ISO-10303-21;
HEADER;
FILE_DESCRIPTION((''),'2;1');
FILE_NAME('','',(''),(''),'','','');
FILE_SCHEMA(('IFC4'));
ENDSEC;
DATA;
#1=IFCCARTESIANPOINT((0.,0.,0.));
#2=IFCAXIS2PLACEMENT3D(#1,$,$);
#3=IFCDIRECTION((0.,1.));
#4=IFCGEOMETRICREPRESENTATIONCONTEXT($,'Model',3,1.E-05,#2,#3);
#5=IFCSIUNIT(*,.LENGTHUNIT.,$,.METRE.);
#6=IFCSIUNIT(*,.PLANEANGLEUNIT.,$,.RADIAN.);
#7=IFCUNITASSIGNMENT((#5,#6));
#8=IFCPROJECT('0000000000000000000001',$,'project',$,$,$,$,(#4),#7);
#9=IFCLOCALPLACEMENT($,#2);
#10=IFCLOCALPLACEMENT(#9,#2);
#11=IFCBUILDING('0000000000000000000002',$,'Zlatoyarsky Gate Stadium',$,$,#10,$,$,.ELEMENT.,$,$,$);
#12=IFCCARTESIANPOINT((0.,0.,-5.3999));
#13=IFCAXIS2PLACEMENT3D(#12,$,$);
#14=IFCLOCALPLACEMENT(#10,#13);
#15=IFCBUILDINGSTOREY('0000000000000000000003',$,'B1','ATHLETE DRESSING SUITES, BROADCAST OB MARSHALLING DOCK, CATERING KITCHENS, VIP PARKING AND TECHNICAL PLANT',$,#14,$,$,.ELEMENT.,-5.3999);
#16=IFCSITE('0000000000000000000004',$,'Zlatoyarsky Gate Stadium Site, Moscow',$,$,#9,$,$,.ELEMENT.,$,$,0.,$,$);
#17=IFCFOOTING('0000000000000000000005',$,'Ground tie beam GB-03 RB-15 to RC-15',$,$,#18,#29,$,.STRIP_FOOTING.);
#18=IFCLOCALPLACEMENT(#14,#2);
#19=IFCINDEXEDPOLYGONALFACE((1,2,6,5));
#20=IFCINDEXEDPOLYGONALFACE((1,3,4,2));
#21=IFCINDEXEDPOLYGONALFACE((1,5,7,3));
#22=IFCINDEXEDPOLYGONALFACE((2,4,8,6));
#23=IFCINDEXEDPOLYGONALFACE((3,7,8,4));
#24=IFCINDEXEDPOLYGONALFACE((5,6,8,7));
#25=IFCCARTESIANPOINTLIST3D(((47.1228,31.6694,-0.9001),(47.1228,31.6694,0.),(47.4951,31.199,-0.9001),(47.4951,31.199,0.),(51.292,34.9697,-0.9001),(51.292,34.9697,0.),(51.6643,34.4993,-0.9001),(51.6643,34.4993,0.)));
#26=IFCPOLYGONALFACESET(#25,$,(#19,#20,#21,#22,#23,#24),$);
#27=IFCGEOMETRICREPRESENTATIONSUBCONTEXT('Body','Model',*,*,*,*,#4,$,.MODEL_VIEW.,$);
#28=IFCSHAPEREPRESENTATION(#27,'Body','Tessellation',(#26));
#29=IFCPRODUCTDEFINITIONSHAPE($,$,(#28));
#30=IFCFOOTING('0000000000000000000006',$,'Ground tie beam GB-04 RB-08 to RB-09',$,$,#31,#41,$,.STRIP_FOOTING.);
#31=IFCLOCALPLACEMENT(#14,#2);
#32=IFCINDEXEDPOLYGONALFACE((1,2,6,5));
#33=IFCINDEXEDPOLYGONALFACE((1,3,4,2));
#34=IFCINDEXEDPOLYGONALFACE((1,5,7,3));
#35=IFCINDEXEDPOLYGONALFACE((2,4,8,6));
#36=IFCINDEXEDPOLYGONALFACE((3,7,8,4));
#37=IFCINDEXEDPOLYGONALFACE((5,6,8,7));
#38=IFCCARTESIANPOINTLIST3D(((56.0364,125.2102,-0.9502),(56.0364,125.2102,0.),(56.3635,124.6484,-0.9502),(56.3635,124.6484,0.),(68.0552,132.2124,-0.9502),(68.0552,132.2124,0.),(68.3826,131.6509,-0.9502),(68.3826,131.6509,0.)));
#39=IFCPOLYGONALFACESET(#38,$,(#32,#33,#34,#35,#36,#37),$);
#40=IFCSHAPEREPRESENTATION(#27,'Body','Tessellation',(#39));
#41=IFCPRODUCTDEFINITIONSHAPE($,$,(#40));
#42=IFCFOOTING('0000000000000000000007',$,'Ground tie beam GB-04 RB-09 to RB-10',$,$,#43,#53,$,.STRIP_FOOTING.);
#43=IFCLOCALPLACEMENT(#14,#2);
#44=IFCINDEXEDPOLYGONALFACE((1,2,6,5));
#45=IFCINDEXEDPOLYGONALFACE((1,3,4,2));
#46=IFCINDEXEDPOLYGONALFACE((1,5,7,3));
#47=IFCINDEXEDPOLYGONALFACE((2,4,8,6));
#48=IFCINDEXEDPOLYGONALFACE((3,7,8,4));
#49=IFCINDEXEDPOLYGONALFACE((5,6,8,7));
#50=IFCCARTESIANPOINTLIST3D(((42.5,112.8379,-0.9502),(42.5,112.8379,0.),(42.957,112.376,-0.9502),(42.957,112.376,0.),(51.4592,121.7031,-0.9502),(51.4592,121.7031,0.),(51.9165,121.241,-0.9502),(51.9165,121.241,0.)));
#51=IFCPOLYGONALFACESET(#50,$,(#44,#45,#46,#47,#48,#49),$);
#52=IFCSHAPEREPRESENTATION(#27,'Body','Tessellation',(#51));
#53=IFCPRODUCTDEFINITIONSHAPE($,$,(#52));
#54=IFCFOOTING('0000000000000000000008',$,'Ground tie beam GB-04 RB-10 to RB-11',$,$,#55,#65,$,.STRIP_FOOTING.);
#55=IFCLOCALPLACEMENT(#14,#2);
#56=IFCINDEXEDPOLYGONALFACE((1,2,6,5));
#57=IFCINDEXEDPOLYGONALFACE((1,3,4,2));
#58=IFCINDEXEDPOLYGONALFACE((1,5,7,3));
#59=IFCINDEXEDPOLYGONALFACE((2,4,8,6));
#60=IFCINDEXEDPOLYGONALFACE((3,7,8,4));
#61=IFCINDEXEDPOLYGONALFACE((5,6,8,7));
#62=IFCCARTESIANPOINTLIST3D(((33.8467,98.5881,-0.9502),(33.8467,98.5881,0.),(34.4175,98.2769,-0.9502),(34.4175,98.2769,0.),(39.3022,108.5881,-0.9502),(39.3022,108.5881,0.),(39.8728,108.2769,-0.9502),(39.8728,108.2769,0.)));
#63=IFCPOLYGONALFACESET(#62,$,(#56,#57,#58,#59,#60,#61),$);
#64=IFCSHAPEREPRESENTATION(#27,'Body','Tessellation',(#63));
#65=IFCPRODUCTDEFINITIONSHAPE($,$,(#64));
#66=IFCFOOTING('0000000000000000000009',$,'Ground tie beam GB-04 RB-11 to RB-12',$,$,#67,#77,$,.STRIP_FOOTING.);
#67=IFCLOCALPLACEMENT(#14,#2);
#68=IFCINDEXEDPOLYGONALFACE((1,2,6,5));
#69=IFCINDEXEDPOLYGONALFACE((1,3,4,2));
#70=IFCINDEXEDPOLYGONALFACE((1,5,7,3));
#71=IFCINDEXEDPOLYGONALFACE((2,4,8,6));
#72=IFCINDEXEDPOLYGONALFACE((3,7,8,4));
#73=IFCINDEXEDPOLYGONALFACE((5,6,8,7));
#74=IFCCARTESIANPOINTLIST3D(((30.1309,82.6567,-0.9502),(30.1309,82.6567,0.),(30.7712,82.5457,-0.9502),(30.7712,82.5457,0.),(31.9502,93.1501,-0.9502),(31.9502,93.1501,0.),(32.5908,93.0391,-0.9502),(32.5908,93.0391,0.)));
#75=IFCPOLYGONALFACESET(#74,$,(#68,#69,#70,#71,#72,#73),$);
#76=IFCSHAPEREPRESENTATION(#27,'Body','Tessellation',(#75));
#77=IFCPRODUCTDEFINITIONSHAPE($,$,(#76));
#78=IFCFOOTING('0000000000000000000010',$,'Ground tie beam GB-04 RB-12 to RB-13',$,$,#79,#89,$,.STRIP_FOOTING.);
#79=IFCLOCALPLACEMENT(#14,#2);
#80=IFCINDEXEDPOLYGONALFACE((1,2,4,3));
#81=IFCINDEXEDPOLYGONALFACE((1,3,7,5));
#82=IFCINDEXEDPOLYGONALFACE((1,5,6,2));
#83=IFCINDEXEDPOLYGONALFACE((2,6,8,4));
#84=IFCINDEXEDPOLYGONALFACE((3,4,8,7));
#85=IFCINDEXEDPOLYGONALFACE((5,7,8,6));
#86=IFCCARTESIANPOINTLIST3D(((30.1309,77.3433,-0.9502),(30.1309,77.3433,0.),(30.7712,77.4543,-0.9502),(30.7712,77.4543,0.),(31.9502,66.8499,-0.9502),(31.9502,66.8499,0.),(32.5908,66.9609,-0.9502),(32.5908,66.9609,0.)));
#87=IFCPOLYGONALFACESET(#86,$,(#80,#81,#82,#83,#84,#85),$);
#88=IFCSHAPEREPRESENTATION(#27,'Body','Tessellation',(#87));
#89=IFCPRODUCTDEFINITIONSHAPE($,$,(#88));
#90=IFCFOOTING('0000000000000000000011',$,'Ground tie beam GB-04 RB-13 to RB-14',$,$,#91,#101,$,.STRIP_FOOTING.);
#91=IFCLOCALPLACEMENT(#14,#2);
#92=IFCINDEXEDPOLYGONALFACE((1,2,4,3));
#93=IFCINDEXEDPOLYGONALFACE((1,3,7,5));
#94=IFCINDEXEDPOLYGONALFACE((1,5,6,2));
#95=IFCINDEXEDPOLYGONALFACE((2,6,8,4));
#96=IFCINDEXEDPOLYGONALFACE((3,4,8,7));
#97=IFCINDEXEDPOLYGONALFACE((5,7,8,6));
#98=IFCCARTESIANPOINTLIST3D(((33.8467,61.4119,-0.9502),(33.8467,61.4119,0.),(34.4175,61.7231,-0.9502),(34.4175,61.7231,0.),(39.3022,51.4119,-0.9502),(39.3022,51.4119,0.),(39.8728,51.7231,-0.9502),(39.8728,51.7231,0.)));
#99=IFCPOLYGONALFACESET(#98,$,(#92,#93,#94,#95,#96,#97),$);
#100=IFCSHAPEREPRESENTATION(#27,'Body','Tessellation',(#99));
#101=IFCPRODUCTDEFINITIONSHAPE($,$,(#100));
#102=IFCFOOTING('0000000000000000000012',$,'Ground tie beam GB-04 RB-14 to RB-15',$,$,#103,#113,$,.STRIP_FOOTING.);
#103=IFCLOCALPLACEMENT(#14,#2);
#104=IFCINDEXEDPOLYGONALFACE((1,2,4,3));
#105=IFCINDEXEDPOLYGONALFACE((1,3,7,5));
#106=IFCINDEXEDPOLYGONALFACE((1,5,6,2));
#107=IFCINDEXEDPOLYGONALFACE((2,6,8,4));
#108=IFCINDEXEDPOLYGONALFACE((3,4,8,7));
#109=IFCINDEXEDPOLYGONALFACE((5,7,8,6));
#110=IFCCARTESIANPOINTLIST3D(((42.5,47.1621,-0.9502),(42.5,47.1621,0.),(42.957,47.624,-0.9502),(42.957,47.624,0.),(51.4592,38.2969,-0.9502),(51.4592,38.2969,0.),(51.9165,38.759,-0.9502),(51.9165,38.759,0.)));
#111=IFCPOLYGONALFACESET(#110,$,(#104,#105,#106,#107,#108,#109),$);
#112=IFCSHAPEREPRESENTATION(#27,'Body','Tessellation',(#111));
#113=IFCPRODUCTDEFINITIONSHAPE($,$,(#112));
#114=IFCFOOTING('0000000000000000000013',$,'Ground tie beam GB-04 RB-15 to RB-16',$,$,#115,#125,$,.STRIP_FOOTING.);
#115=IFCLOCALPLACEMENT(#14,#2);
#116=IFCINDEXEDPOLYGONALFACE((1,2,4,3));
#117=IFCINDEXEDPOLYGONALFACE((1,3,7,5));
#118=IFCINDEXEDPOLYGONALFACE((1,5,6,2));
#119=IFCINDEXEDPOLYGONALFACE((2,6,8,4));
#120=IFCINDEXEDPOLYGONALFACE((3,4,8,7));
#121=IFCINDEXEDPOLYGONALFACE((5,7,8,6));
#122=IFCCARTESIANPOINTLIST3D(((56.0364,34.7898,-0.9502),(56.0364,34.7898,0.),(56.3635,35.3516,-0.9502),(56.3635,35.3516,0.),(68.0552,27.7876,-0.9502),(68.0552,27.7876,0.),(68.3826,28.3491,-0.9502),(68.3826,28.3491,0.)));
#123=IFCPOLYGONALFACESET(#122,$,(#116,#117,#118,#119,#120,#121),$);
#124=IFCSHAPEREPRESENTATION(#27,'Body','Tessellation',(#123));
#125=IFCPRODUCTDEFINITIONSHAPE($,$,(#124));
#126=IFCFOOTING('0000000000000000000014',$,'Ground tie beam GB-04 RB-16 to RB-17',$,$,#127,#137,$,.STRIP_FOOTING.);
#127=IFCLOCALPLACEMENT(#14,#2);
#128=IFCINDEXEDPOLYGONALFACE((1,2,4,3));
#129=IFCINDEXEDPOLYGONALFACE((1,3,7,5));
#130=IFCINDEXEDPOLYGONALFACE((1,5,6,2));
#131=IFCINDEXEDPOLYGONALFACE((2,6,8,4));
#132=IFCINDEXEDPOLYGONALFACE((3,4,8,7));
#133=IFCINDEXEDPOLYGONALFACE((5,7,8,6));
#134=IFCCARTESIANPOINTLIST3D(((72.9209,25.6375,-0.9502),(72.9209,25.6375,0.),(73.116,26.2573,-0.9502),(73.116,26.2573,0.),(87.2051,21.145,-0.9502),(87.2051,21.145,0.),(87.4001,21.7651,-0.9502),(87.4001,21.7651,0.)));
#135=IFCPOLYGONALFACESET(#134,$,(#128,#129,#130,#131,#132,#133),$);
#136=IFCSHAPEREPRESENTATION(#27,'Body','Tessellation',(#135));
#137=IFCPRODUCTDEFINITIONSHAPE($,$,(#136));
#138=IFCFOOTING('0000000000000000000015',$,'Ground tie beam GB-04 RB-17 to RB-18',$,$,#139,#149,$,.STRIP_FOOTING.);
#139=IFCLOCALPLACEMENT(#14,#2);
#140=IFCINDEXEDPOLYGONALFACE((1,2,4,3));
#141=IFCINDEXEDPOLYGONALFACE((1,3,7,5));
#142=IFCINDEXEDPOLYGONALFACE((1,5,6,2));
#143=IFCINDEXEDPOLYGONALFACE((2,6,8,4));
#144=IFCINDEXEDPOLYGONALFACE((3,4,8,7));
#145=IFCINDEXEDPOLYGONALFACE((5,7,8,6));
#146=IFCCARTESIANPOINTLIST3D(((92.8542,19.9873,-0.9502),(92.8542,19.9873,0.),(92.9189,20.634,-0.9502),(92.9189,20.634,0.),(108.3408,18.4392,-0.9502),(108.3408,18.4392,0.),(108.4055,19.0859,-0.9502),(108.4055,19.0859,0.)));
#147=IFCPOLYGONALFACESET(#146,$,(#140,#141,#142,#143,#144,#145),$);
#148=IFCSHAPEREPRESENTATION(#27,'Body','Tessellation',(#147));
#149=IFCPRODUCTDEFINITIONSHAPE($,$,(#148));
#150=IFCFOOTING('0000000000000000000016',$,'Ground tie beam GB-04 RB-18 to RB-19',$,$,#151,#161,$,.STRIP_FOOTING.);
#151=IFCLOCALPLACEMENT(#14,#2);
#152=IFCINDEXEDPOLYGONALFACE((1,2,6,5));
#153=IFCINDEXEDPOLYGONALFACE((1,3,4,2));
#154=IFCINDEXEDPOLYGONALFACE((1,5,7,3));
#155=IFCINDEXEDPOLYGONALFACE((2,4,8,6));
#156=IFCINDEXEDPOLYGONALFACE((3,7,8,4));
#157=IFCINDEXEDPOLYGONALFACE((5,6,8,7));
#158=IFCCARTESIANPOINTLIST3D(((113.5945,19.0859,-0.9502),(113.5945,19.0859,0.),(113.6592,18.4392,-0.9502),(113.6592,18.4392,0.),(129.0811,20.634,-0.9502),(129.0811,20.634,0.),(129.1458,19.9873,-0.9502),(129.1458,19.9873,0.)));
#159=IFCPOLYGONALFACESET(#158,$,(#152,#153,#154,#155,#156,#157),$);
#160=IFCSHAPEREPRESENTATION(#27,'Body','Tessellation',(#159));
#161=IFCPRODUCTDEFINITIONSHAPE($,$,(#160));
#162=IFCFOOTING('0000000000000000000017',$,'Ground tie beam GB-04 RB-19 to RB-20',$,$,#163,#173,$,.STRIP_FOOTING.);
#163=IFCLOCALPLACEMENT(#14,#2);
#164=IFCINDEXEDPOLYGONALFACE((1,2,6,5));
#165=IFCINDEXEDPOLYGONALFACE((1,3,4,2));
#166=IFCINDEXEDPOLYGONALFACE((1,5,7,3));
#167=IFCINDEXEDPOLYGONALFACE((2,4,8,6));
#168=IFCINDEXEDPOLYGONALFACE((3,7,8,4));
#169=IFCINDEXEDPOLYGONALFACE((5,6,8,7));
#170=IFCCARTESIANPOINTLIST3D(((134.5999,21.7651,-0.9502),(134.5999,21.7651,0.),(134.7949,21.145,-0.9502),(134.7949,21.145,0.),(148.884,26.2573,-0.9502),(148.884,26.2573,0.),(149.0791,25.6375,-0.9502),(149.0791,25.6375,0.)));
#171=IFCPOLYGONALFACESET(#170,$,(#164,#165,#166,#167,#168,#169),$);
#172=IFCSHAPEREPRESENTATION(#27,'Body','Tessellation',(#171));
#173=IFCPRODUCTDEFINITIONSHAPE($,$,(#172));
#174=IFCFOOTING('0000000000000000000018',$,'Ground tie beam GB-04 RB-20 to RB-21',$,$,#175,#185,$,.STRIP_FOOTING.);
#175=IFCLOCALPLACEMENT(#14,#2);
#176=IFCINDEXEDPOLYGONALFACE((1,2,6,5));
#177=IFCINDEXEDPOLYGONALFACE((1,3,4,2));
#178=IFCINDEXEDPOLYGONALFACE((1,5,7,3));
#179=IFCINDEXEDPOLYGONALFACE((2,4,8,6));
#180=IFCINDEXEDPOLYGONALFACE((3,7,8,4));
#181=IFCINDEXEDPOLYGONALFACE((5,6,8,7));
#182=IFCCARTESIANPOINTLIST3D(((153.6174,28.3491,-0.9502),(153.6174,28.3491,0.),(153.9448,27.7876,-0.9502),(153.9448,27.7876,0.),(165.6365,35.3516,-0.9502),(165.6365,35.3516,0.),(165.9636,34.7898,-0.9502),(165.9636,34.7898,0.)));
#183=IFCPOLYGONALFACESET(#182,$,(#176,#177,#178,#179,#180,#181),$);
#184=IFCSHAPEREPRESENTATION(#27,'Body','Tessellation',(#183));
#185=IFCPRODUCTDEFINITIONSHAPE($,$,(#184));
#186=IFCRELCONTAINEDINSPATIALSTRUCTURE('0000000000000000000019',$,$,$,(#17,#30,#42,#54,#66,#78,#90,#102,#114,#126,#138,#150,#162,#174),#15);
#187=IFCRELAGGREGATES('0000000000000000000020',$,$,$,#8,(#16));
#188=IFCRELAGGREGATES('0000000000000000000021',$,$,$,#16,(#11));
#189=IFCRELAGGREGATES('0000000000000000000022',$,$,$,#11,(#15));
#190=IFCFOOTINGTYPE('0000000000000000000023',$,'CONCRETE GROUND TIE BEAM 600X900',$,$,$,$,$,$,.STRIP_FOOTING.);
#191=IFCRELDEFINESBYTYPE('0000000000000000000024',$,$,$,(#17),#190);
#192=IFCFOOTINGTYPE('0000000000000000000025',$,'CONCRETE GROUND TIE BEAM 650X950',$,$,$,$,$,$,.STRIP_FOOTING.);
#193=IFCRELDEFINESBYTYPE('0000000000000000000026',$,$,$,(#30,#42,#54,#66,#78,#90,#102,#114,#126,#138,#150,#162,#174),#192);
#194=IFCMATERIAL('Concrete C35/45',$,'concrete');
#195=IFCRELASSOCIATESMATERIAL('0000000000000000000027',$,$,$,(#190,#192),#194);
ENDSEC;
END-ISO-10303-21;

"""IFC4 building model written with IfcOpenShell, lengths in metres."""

from ifc_helpers import new_model, si_unit, direction, frame, origin, origin_2d, place, context, subcontext, project, spatial, polyline, rectangle, outline, extrude, material, material_profile, profile_set, type_object, element, save


model = new_model("IFC4")

# Units and contexts
model_context = context("Model", 3, precision=1e-05, world=origin(), true_north=direction((0.0, 1.0)))
body_context = subcontext(model_context, "Body", "Model", "MODEL_VIEW")
ifc_project = project(units=[si_unit("LENGTHUNIT", "METRE"), si_unit("PLANEANGLEUNIT", "RADIAN")], contexts=[model_context])

# Site, building, storey
site_placement = place(None, origin())
site = spatial("IfcSite", under=ifc_project, at=site_placement, Name="Zlatoyarsky Gate Stadium Site, Moscow", CompositionType="ELEMENT", RefElevation=0.0)
building_placement = place(site_placement, origin())
building = spatial("IfcBuilding", under=site, at=building_placement, Name="Zlatoyarsky Gate Stadium", CompositionType="ELEMENT")
storey_placement = place(building_placement, frame((0.0, 0.0, -5.3999)))
storey = spatial("IfcBuildingStorey", under=building, at=storey_placement, Name="B1", Description="ATHLETE DRESSING SUITES, BROADCAST OB MARSHALLING DOCK, CATERING KITCHENS, VIP PARKING AND TECHNICAL PLANT", CompositionType="ELEMENT", Elevation=-5.3999)

# Footings
ifc_material = material(Name="Concrete C35/45", Category="concrete")
ifc_material_profile_1 = material_profile(ifc_material, rectangle(XDim=0.6001, YDim=0.8999, at=origin_2d()), Name="GB 600X900")
ifc_profile_set_1 = profile_set([ifc_material_profile_1], Name="Concrete C35/45")
footing_type_1 = type_object("IfcFootingType", Name="CONCRETE GROUND TIE BEAM 600X900", PredefinedType="STRIP_FOOTING", material=ifc_profile_set_1)
footing_1_placement = place(storey_placement, frame((0.0, 0.0, -0.9001)))
element("IfcFooting", 1, at=footing_1_placement, inside=storey, type_object=footing_type_1, Name="Ground tie beam GB-03 RB-15 to RC-15", PredefinedType="STRIP_FOOTING", context=body_context, shape_type="SweptSolid", body=[
    extrude(outline(polyline([(51.292, 34.9697), (47.1228, 31.6694), (47.4951, 31.199), (51.6643, 34.4993), (51.292, 34.9697)])), origin(), (0.0, 0.0, 1.0), 0.9001),
])
ifc_material_profile_2 = material_profile(ifc_material, rectangle(XDim=0.6499, YDim=0.95, at=origin_2d()), Name="GB 650X950")
ifc_profile_set_2 = profile_set([ifc_material_profile_2], Name="Concrete C35/45")
footing_type_2 = type_object("IfcFootingType", Name="CONCRETE GROUND TIE BEAM 650X950", PredefinedType="STRIP_FOOTING", material=ifc_profile_set_2)
footing_2_placement = place(storey_placement, frame((0.0, 0.0, -0.9502)))
element("IfcFooting", 2, at=footing_2_placement, inside=storey, type_object=footing_type_2, Name="Ground tie beam GB-04 RB-08 to RB-09", PredefinedType="STRIP_FOOTING", context=body_context, shape_type="SweptSolid", body=[
    extrude(outline(polyline([(68.0552, 132.2124), (56.0364, 125.2102), (56.3635, 124.6484), (68.3826, 131.6509), (68.0552, 132.2124)])), origin(), (0.0, 0.0, 1.0), 0.9502),
])
footing_3_placement = place(storey_placement, frame((0.0, 0.0, -0.9502)))
element("IfcFooting", 3, at=footing_3_placement, inside=storey, type_object=footing_type_2, Name="Ground tie beam GB-04 RB-09 to RB-10", PredefinedType="STRIP_FOOTING", context=body_context, shape_type="SweptSolid", body=[
    extrude(outline(polyline([(51.4592, 121.7031), (42.5, 112.8379), (42.957, 112.376), (51.9165, 121.241), (51.4592, 121.7031)])), origin(), (0.0, 0.0, 1.0), 0.9502),
])
footing_4_placement = place(storey_placement, frame((0.0, 0.0, -0.9502)))
element("IfcFooting", 4, at=footing_4_placement, inside=storey, type_object=footing_type_2, Name="Ground tie beam GB-04 RB-10 to RB-11", PredefinedType="STRIP_FOOTING", context=body_context, shape_type="SweptSolid", body=[
    extrude(outline(polyline([(39.3022, 108.5881), (33.8467, 98.5881), (34.4175, 98.2769), (39.8728, 108.2769), (39.3022, 108.5881)])), origin(), (0.0, 0.0, 1.0), 0.9502),
])
footing_5_placement = place(storey_placement, frame((0.0, 0.0, -0.9502)))
element("IfcFooting", 5, at=footing_5_placement, inside=storey, type_object=footing_type_2, Name="Ground tie beam GB-04 RB-11 to RB-12", PredefinedType="STRIP_FOOTING", context=body_context, shape_type="SweptSolid", body=[
    extrude(outline(polyline([(31.9502, 93.1501), (30.1309, 82.6567), (30.7712, 82.5457), (32.5908, 93.0391), (31.9502, 93.1501)])), origin(), (0.0, 0.0, 1.0), 0.9502),
])
footing_6_placement = place(storey_placement, frame((0.0, 0.0, -0.9502)))
element("IfcFooting", 6, at=footing_6_placement, inside=storey, type_object=footing_type_2, Name="Ground tie beam GB-04 RB-12 to RB-13", PredefinedType="STRIP_FOOTING", context=body_context, shape_type="SweptSolid", body=[
    extrude(outline(polyline([(30.1309, 77.3433), (31.9502, 66.8499), (32.5908, 66.9609), (30.7712, 77.4543), (30.1309, 77.3433)])), origin(), (0.0, 0.0, 1.0), 0.9502),
])
footing_7_placement = place(storey_placement, frame((0.0, 0.0, -0.9502)))
element("IfcFooting", 7, at=footing_7_placement, inside=storey, type_object=footing_type_2, Name="Ground tie beam GB-04 RB-13 to RB-14", PredefinedType="STRIP_FOOTING", context=body_context, shape_type="SweptSolid", body=[
    extrude(outline(polyline([(33.8467, 61.4119), (39.3022, 51.4119), (39.8728, 51.7231), (34.4175, 61.7231), (33.8467, 61.4119)])), origin(), (0.0, 0.0, 1.0), 0.9502),
])
footing_8_placement = place(storey_placement, frame((0.0, 0.0, -0.9502)))
element("IfcFooting", 8, at=footing_8_placement, inside=storey, type_object=footing_type_2, Name="Ground tie beam GB-04 RB-14 to RB-15", PredefinedType="STRIP_FOOTING", context=body_context, shape_type="SweptSolid", body=[
    extrude(outline(polyline([(42.5, 47.1621), (51.4592, 38.2969), (51.9165, 38.759), (42.957, 47.624), (42.5, 47.1621)])), origin(), (0.0, 0.0, 1.0), 0.9502),
])
footing_9_placement = place(storey_placement, frame((0.0, 0.0, -0.9502)))
element("IfcFooting", 9, at=footing_9_placement, inside=storey, type_object=footing_type_2, Name="Ground tie beam GB-04 RB-15 to RB-16", PredefinedType="STRIP_FOOTING", context=body_context, shape_type="SweptSolid", body=[
    extrude(outline(polyline([(56.0364, 34.7898), (68.0552, 27.7876), (68.3826, 28.3491), (56.3635, 35.3516), (56.0364, 34.7898)])), origin(), (0.0, 0.0, 1.0), 0.9502),
])
footing_10_placement = place(storey_placement, frame((0.0, 0.0, -0.9502)))
element("IfcFooting", 10, at=footing_10_placement, inside=storey, type_object=footing_type_2, Name="Ground tie beam GB-04 RB-16 to RB-17", PredefinedType="STRIP_FOOTING", context=body_context, shape_type="SweptSolid", body=[
    extrude(outline(polyline([(72.9209, 25.6375), (87.2051, 21.145), (87.4001, 21.7651), (73.116, 26.2573), (72.9209, 25.6375)])), origin(), (0.0, 0.0, 1.0), 0.9502),
])
footing_11_placement = place(storey_placement, frame((0.0, 0.0, -0.9502)))
element("IfcFooting", 11, at=footing_11_placement, inside=storey, type_object=footing_type_2, Name="Ground tie beam GB-04 RB-17 to RB-18", PredefinedType="STRIP_FOOTING", context=body_context, shape_type="SweptSolid", body=[
    extrude(outline(polyline([(92.8542, 19.9873), (108.3408, 18.4392), (108.4055, 19.0859), (92.9189, 20.634), (92.8542, 19.9873)])), origin(), (0.0, 0.0, 1.0), 0.9502),
])
footing_12_placement = place(storey_placement, frame((0.0, 0.0, -0.9502)))
element("IfcFooting", 12, at=footing_12_placement, inside=storey, type_object=footing_type_2, Name="Ground tie beam GB-04 RB-18 to RB-19", PredefinedType="STRIP_FOOTING", context=body_context, shape_type="SweptSolid", body=[
    extrude(outline(polyline([(113.6592, 18.4392), (129.1458, 19.9873), (129.0811, 20.634), (113.5945, 19.0859), (113.6592, 18.4392)])), origin(), (0.0, 0.0, 1.0), 0.9502),
])
footing_13_placement = place(storey_placement, frame((0.0, 0.0, -0.9502)))
element("IfcFooting", 13, at=footing_13_placement, inside=storey, type_object=footing_type_2, Name="Ground tie beam GB-04 RB-19 to RB-20", PredefinedType="STRIP_FOOTING", context=body_context, shape_type="SweptSolid", body=[
    extrude(outline(polyline([(134.7949, 21.145), (149.0791, 25.6375), (148.884, 26.2573), (134.5999, 21.7651), (134.7949, 21.145)])), origin(), (0.0, 0.0, 1.0), 0.9502),
])
footing_14_placement = place(storey_placement, frame((0.0, 0.0, -0.9502)))
element("IfcFooting", 14, at=footing_14_placement, inside=storey, type_object=footing_type_2, Name="Ground tie beam GB-04 RB-20 to RB-21", PredefinedType="STRIP_FOOTING", context=body_context, shape_type="SweptSolid", body=[
    extrude(outline(polyline([(153.9448, 27.7876), (165.9636, 34.7898), (165.6365, 35.3516), (153.6174, 28.3491), (153.9448, 27.7876)])), origin(), (0.0, 0.0, 1.0), 0.9502),
])

save(model, "model.ifc")
